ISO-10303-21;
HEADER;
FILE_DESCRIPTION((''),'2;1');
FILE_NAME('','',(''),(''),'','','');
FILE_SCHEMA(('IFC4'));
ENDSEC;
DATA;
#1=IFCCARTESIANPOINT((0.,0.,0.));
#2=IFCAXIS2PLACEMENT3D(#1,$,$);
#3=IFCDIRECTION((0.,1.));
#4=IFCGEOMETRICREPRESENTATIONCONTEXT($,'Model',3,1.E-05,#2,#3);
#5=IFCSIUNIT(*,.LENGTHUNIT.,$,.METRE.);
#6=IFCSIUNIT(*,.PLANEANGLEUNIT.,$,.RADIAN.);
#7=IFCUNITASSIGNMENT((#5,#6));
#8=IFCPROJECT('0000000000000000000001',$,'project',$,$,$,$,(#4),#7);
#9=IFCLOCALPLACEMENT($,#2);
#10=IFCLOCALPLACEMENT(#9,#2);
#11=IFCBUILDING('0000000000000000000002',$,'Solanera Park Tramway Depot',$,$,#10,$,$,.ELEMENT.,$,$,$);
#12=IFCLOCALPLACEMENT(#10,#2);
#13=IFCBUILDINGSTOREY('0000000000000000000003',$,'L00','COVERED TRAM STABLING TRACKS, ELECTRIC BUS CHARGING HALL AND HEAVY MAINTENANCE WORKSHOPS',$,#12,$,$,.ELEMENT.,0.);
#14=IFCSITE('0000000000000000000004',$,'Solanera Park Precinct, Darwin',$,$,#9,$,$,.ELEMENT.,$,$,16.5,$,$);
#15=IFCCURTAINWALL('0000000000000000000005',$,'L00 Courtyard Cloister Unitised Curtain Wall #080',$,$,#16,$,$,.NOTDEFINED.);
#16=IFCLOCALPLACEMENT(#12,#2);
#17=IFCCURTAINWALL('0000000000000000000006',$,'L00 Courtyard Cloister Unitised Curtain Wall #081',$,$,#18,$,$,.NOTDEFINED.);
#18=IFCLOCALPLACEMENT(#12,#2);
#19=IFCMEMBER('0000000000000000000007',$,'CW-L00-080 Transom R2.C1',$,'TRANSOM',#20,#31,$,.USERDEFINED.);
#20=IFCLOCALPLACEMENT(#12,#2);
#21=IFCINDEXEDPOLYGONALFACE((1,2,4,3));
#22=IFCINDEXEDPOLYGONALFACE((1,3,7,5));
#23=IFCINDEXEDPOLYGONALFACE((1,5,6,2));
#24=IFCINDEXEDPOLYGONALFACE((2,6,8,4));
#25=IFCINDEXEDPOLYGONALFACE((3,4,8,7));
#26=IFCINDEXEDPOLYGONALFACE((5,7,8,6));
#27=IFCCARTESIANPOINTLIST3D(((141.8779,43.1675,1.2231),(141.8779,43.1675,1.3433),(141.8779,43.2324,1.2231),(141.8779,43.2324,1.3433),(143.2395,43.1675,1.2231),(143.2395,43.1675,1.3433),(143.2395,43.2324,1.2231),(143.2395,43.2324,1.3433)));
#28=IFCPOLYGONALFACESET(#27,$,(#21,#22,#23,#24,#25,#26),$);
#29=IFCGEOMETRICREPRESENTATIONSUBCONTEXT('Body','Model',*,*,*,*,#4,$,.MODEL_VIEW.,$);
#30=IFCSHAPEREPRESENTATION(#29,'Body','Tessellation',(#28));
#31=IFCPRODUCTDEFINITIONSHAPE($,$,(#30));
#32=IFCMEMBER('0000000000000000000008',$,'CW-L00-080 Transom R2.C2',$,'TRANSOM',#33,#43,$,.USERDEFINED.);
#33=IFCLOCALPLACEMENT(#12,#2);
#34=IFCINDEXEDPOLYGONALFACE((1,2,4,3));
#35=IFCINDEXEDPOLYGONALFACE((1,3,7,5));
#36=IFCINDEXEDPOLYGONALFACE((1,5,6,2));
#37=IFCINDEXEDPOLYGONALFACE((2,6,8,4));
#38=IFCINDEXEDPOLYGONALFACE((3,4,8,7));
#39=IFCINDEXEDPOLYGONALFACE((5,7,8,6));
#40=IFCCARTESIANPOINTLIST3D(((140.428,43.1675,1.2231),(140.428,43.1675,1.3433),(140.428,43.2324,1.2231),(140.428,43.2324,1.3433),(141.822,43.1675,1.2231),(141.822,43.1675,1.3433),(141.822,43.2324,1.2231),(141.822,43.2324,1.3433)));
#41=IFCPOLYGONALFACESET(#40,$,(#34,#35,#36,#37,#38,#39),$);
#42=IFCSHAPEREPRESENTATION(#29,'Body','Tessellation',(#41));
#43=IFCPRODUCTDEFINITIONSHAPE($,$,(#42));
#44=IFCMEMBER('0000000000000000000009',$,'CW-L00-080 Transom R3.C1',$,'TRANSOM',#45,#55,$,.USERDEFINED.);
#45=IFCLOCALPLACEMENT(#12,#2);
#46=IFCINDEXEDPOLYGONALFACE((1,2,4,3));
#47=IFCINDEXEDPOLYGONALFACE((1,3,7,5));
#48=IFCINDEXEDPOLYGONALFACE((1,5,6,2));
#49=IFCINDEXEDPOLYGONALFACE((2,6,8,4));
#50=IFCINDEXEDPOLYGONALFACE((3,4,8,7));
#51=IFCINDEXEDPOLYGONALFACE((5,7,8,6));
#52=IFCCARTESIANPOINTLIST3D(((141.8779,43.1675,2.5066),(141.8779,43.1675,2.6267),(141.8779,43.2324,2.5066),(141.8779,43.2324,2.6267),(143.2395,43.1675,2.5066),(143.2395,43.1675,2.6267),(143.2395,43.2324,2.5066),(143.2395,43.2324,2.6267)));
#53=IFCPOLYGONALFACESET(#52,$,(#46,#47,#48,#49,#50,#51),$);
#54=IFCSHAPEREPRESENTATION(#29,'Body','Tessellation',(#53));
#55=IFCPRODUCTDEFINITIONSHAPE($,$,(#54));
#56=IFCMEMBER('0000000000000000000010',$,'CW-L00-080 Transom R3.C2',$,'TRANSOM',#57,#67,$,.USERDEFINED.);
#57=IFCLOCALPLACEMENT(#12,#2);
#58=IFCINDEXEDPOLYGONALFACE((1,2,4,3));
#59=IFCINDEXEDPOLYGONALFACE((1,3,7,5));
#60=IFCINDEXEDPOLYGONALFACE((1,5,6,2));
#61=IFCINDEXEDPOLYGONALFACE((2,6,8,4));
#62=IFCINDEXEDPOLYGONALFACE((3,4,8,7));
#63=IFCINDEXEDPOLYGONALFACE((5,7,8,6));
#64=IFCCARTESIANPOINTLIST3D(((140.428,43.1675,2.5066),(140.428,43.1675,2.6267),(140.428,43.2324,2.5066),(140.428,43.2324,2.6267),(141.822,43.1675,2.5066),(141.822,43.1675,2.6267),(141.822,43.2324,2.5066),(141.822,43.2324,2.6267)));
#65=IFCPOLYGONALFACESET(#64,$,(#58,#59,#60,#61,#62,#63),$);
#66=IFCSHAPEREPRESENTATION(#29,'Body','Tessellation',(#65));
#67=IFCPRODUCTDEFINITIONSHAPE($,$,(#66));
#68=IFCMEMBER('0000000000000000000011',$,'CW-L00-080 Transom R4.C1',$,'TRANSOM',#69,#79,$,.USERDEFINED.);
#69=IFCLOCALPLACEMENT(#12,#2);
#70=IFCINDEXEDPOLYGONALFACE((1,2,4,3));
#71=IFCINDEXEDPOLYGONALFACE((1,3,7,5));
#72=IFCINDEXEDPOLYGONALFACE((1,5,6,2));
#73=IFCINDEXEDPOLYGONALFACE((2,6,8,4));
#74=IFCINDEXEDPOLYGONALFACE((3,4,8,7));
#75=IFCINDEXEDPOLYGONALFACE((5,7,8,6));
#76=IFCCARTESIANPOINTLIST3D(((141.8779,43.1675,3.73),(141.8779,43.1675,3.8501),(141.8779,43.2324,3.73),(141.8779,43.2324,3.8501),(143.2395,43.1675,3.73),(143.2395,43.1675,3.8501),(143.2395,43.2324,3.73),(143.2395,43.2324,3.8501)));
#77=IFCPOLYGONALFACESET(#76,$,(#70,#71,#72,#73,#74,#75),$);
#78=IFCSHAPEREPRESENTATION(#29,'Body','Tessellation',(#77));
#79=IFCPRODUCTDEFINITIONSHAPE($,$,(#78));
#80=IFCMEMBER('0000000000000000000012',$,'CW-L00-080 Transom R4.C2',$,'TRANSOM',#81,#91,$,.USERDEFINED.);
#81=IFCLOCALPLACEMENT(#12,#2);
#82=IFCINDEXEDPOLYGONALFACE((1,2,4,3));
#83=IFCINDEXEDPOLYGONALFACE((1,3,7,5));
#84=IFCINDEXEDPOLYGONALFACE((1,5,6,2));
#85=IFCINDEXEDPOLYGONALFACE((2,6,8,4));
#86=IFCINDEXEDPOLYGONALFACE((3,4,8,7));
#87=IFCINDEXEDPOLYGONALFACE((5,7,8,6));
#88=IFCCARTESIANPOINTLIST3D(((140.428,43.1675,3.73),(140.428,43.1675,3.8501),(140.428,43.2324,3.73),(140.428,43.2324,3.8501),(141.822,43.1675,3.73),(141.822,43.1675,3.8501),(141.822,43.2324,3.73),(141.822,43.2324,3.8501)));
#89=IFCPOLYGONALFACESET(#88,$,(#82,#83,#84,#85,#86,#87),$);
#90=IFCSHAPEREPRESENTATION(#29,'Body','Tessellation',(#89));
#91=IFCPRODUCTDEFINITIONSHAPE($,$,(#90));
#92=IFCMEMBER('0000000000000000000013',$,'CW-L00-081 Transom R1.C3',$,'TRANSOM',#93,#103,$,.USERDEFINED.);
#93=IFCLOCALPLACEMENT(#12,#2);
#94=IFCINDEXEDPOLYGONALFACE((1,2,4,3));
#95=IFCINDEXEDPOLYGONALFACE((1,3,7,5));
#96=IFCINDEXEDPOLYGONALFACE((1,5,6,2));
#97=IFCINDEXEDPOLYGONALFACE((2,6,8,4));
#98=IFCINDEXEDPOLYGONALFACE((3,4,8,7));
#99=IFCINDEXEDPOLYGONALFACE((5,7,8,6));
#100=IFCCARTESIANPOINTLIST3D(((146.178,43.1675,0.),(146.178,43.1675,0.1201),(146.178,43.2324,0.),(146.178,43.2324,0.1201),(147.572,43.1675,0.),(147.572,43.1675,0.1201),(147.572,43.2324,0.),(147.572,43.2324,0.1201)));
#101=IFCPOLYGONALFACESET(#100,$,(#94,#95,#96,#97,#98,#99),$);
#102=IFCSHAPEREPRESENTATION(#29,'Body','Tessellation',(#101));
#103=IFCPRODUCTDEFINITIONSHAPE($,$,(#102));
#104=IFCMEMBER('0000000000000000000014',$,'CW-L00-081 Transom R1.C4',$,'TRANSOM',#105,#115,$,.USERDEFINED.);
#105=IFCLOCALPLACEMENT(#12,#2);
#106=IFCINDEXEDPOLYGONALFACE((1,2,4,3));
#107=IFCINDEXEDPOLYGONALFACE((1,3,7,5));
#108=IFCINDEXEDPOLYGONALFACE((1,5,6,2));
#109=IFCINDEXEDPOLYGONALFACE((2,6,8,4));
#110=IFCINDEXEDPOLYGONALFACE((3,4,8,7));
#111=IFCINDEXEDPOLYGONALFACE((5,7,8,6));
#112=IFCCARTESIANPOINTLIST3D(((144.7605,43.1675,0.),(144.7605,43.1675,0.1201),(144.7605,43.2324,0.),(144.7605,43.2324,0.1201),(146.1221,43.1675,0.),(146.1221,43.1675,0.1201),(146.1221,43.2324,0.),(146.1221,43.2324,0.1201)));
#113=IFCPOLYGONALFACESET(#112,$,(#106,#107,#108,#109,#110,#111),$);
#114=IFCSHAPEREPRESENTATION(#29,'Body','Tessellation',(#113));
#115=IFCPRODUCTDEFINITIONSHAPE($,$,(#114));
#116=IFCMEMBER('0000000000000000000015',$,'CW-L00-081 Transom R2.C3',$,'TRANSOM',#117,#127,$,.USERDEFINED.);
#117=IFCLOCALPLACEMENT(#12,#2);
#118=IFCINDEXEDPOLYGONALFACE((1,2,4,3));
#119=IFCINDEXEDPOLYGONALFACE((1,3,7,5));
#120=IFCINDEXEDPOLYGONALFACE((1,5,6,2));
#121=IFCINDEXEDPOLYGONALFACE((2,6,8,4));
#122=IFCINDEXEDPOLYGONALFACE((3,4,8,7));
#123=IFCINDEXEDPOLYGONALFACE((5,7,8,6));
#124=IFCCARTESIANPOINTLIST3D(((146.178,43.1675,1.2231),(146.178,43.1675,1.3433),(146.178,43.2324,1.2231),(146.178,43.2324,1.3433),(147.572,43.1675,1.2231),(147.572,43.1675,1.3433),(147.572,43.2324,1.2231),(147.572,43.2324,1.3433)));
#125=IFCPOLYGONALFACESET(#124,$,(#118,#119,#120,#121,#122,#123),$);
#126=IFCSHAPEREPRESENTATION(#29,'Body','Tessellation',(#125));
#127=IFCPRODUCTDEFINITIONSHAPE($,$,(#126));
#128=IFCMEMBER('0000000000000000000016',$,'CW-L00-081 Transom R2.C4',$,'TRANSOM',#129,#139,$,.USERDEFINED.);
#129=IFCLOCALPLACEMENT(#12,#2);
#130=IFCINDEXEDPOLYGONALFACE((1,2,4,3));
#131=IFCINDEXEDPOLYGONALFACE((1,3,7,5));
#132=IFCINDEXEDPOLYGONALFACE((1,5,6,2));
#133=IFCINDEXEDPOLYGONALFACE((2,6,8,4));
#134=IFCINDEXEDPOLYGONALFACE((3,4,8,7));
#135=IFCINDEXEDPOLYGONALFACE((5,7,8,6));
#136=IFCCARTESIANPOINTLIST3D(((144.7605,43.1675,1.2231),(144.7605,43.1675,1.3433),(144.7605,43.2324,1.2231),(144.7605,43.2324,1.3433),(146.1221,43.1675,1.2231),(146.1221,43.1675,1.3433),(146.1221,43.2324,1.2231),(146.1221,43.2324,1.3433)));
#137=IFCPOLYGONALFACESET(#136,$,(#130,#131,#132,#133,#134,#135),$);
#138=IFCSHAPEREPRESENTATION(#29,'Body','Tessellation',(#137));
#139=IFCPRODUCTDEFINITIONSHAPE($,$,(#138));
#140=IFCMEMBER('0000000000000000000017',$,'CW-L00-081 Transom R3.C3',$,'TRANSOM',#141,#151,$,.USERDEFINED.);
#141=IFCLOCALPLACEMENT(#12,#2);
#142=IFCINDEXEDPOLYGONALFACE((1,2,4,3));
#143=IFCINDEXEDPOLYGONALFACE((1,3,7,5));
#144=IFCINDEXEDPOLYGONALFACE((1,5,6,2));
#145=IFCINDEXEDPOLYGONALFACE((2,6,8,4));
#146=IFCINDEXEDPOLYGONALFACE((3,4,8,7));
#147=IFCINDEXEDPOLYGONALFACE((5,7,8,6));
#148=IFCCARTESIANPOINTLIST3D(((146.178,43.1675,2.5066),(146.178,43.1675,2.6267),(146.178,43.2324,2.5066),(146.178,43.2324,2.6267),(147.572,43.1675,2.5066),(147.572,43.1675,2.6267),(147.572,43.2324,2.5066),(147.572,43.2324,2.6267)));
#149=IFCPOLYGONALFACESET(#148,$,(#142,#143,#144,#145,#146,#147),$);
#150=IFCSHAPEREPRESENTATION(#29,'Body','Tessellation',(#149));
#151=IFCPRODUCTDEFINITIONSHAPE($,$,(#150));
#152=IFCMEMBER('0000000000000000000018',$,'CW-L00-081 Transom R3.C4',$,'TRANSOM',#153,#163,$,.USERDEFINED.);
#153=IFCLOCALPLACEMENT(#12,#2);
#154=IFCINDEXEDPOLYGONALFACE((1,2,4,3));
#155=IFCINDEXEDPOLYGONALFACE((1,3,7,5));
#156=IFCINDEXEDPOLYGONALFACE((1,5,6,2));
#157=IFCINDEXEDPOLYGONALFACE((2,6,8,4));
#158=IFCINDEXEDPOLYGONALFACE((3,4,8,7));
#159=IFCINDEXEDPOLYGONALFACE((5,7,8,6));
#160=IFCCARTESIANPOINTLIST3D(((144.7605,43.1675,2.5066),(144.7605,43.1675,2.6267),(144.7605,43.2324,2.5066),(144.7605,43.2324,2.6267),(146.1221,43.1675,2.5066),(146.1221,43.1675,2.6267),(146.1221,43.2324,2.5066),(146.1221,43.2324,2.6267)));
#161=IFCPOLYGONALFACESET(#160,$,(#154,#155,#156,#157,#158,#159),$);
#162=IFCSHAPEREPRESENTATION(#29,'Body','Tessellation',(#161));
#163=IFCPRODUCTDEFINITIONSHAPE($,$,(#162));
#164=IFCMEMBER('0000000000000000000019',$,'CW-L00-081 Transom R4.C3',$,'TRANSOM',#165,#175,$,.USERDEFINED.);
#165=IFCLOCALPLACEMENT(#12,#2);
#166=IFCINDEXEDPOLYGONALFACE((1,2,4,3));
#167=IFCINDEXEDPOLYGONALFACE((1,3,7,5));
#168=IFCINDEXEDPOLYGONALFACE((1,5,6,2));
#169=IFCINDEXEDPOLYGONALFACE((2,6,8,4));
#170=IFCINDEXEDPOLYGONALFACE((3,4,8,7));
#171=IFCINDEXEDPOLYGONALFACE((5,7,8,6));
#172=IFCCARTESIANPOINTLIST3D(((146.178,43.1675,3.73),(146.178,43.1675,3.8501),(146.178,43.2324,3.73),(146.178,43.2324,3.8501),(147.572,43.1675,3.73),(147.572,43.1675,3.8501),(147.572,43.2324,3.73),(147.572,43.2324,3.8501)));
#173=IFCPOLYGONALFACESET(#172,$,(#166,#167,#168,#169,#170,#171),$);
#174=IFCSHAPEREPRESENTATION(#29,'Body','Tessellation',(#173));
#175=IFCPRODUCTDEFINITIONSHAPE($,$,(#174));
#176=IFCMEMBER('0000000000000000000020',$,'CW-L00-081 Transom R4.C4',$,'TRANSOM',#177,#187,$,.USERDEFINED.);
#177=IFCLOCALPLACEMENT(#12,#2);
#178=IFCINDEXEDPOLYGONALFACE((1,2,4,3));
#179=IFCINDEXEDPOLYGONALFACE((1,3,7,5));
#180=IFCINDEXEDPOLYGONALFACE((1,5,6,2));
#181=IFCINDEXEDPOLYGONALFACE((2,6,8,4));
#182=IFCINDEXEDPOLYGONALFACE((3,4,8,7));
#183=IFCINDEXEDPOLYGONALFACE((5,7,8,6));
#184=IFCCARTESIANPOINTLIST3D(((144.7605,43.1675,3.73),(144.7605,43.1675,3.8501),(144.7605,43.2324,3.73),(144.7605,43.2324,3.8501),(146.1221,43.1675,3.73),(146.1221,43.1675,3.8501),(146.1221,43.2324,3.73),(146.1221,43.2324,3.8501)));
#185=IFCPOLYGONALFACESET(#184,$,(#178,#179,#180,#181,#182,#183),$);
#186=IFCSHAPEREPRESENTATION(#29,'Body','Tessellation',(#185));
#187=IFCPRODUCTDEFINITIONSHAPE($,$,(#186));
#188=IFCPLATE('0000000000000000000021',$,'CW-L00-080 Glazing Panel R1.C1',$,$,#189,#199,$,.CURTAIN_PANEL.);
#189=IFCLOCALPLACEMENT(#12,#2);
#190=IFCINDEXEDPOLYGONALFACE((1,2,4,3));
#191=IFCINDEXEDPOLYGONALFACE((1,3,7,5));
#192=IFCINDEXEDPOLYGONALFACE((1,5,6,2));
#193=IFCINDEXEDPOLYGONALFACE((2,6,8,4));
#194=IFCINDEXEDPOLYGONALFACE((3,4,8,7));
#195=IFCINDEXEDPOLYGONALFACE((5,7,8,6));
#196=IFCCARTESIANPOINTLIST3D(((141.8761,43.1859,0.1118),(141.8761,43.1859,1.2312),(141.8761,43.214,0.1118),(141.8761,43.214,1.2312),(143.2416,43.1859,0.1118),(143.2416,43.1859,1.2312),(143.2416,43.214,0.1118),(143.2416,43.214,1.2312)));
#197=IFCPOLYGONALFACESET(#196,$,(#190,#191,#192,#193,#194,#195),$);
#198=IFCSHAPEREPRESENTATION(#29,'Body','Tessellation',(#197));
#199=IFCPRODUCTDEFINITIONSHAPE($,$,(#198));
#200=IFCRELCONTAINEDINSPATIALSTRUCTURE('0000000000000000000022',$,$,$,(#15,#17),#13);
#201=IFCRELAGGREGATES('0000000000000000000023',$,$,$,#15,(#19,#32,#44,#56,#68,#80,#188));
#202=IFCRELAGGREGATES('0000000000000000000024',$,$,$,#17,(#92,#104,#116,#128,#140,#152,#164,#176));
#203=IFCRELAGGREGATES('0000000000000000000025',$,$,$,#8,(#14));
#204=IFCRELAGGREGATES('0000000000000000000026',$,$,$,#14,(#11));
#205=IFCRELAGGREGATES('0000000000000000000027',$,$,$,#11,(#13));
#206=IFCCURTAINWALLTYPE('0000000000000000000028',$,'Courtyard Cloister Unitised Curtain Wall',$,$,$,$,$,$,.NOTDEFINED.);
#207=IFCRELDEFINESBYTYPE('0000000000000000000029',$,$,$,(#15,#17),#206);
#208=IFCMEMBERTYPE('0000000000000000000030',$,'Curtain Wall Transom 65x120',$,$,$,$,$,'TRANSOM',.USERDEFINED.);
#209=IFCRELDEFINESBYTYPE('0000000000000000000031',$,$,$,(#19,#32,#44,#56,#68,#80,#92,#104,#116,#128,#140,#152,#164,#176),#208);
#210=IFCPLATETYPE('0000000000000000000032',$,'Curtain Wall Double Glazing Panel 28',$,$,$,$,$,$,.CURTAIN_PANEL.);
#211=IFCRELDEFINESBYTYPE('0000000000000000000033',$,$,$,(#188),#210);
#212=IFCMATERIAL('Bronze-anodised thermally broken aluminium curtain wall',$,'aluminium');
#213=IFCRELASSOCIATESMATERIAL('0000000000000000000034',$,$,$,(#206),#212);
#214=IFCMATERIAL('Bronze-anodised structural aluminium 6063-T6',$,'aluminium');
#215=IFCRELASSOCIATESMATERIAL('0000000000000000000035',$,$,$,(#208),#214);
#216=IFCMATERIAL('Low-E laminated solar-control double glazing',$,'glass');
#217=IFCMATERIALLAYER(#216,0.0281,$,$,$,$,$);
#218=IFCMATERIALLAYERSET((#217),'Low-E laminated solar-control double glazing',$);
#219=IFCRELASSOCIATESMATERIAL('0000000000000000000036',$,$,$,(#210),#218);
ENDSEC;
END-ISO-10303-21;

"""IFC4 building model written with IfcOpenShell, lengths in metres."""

from ifc_helpers import new_model, si_unit, direction, frame, origin, origin_2d, place, context, subcontext, project, spatial, rectangle, extrude, material, layer, layer_set, material_profile, profile_set, type_object, element, aggregate, save


model = new_model("IFC4")

# Units and contexts
model_context = context("Model", 3, precision=1e-05, world=origin(), true_north=direction((0.0, 1.0)))
body_context = subcontext(model_context, "Body", "Model", "MODEL_VIEW")
ifc_project = project(units=[si_unit("LENGTHUNIT", "METRE"), si_unit("PLANEANGLEUNIT", "RADIAN")], contexts=[model_context])

# Site, building, storey
site_placement = place(None, origin())
site = spatial("IfcSite", under=ifc_project, at=site_placement, Name="Solanera Park Precinct, Darwin", CompositionType="ELEMENT", RefElevation=16.5)
building_placement = place(site_placement, origin())
building = spatial("IfcBuilding", under=site, at=building_placement, Name="Solanera Park Tramway Depot", CompositionType="ELEMENT")
storey_placement = place(building_placement, origin())
storey = spatial("IfcBuildingStorey", under=building, at=storey_placement, Name="L00", Description="COVERED TRAM STABLING TRACKS, ELECTRIC BUS CHARGING HALL AND HEAVY MAINTENANCE WORKSHOPS", CompositionType="ELEMENT", Elevation=0.0)

# Curtain walls
ifc_material_1 = material(Name="Bronze-anodised thermally broken aluminium curtain wall", Category="aluminium")
curtain_wall_type = type_object("IfcCurtainWallType", Name="Courtyard Cloister Unitised Curtain Wall", PredefinedType="NOTDEFINED", material=ifc_material_1)
curtain_wall_1_placement = place(storey_placement, origin())
curtain_wall_1 = element("IfcCurtainWall", 1, at=curtain_wall_1_placement, inside=storey, type_object=curtain_wall_type, Name="L00 Courtyard Cloister Unitised Curtain Wall #080", PredefinedType="NOTDEFINED")
curtain_wall_2_placement = place(storey_placement, origin())
curtain_wall_2 = element("IfcCurtainWall", 2, at=curtain_wall_2_placement, inside=storey, type_object=curtain_wall_type, Name="L00 Courtyard Cloister Unitised Curtain Wall #081", PredefinedType="NOTDEFINED")

# Members
ifc_material_2 = material(Name="Bronze-anodised structural aluminium 6063-T6", Category="aluminium")
ifc_material_profile_1 = material_profile(ifc_material_2, rectangle(XDim=0.0649, YDim=0.1201, at=origin_2d()), Name="Curtain Wall Transom 65x120")
ifc_profile_set_1 = profile_set([ifc_material_profile_1], Name="Bronze-anodised structural aluminium 6063-T6")
member_type_1 = type_object("IfcMemberType", Name="Curtain Wall Transom 65x120", ElementType="TRANSOM", PredefinedType="USERDEFINED", material=ifc_profile_set_1)
member_1_placement = place(storey_placement, frame((143.2395, 43.2, 1.2832), z_axis=(-1.0, 0.0, 0.0), x_axis=(0.0, -1.0, 0.0)))
member_1 = element("IfcMember", 3, at=member_1_placement, type_object=member_type_1, Name="CW-L00-080 Transom R2.C1", ObjectType="TRANSOM", PredefinedType="USERDEFINED", context=body_context, shape_type="SweptSolid", body=[
    extrude(rectangle(XDim=0.0649, YDim=0.1201, at=origin_2d()), origin(), (0.0, 0.0, 1.0), 1.3616),
])
member_2_placement = place(storey_placement, frame((141.822, 43.2, 1.2832), z_axis=(-1.0, 0.0, 0.0), x_axis=(0.0, -1.0, 0.0)))
member_2 = element("IfcMember", 4, at=member_2_placement, type_object=member_type_1, Name="CW-L00-080 Transom R2.C2", ObjectType="TRANSOM", PredefinedType="USERDEFINED", context=body_context, shape_type="SweptSolid", body=[
    extrude(rectangle(XDim=0.0649, YDim=0.1201, at=origin_2d()), origin(), (0.0, 0.0, 1.0), 1.394),
])
member_3_placement = place(storey_placement, frame((143.2395, 43.2, 2.5667), z_axis=(-1.0, 0.0, 0.0), x_axis=(0.0, -1.0, 0.0)))
member_3 = element("IfcMember", 5, at=member_3_placement, type_object=member_type_1, Name="CW-L00-080 Transom R3.C1", ObjectType="TRANSOM", PredefinedType="USERDEFINED", context=body_context, shape_type="SweptSolid", body=[
    extrude(rectangle(XDim=0.0649, YDim=0.1201, at=origin_2d()), origin(), (0.0, 0.0, 1.0), 1.3616),
])
member_4_placement = place(storey_placement, frame((141.822, 43.2, 2.5667), z_axis=(-1.0, 0.0, 0.0), x_axis=(0.0, -1.0, 0.0)))
member_4 = element("IfcMember", 6, at=member_4_placement, type_object=member_type_1, Name="CW-L00-080 Transom R3.C2", ObjectType="TRANSOM", PredefinedType="USERDEFINED", context=body_context, shape_type="SweptSolid", body=[
    extrude(rectangle(XDim=0.0649, YDim=0.1201, at=origin_2d()), origin(), (0.0, 0.0, 1.0), 1.394),
])
member_5_placement = place(storey_placement, frame((143.2395, 43.2, 3.79), z_axis=(-1.0, 0.0, 0.0), x_axis=(0.0, -1.0, 0.0)))
member_5 = element("IfcMember", 7, at=member_5_placement, type_object=member_type_1, Name="CW-L00-080 Transom R4.C1", ObjectType="TRANSOM", PredefinedType="USERDEFINED", context=body_context, shape_type="SweptSolid", body=[
    extrude(rectangle(XDim=0.0649, YDim=0.1201, at=origin_2d()), origin(), (0.0, 0.0, 1.0), 1.3616),
])
member_6_placement = place(storey_placement, frame((141.822, 43.2, 3.79), z_axis=(-1.0, 0.0, 0.0), x_axis=(0.0, -1.0, 0.0)))
member_6 = element("IfcMember", 8, at=member_6_placement, type_object=member_type_1, Name="CW-L00-080 Transom R4.C2", ObjectType="TRANSOM", PredefinedType="USERDEFINED", context=body_context, shape_type="SweptSolid", body=[
    extrude(rectangle(XDim=0.0649, YDim=0.1201, at=origin_2d()), origin(), (0.0, 0.0, 1.0), 1.394),
])
member_7_placement = place(storey_placement, frame((147.572, 43.2, 0.0601), z_axis=(-1.0, 0.0, 0.0), x_axis=(0.0, -1.0, 0.0)))
member_7 = element("IfcMember", 9, at=member_7_placement, type_object=member_type_1, Name="CW-L00-081 Transom R1.C3", ObjectType="TRANSOM", PredefinedType="USERDEFINED", context=body_context, shape_type="SweptSolid", body=[
    extrude(rectangle(XDim=0.0649, YDim=0.1201, at=origin_2d()), origin(), (0.0, 0.0, 1.0), 1.394),
])
member_8_placement = place(storey_placement, frame((146.1221, 43.2, 0.0601), z_axis=(-1.0, 0.0, 0.0), x_axis=(0.0, -1.0, 0.0)))
member_8 = element("IfcMember", 10, at=member_8_placement, type_object=member_type_1, Name="CW-L00-081 Transom R1.C4", ObjectType="TRANSOM", PredefinedType="USERDEFINED", context=body_context, shape_type="SweptSolid", body=[
    extrude(rectangle(XDim=0.0649, YDim=0.1201, at=origin_2d()), origin(), (0.0, 0.0, 1.0), 1.3616),
])
member_9_placement = place(storey_placement, frame((147.572, 43.2, 1.2832), z_axis=(-1.0, 0.0, 0.0), x_axis=(0.0, -1.0, 0.0)))
member_9 = element("IfcMember", 11, at=member_9_placement, type_object=member_type_1, Name="CW-L00-081 Transom R2.C3", ObjectType="TRANSOM", PredefinedType="USERDEFINED", context=body_context, shape_type="SweptSolid", body=[
    extrude(rectangle(XDim=0.0649, YDim=0.1201, at=origin_2d()), origin(), (0.0, 0.0, 1.0), 1.394),
])
member_10_placement = place(storey_placement, frame((146.1221, 43.2, 1.2832), z_axis=(-1.0, 0.0, 0.0), x_axis=(0.0, -1.0, 0.0)))
member_10 = element("IfcMember", 12, at=member_10_placement, type_object=member_type_1, Name="CW-L00-081 Transom R2.C4", ObjectType="TRANSOM", PredefinedType="USERDEFINED", context=body_context, shape_type="SweptSolid", body=[
    extrude(rectangle(XDim=0.0649, YDim=0.1201, at=origin_2d()), origin(), (0.0, 0.0, 1.0), 1.3616),
])
member_11_placement = place(storey_placement, frame((147.572, 43.2, 2.5667), z_axis=(-1.0, 0.0, 0.0), x_axis=(0.0, -1.0, 0.0)))
member_11 = element("IfcMember", 13, at=member_11_placement, type_object=member_type_1, Name="CW-L00-081 Transom R3.C3", ObjectType="TRANSOM", PredefinedType="USERDEFINED", context=body_context, shape_type="SweptSolid", body=[
    extrude(rectangle(XDim=0.0649, YDim=0.1201, at=origin_2d()), origin(), (0.0, 0.0, 1.0), 1.394),
])
member_12_placement = place(storey_placement, frame((146.1221, 43.2, 2.5667), z_axis=(-1.0, 0.0, 0.0), x_axis=(0.0, -1.0, 0.0)))
member_12 = element("IfcMember", 14, at=member_12_placement, type_object=member_type_1, Name="CW-L00-081 Transom R3.C4", ObjectType="TRANSOM", PredefinedType="USERDEFINED", context=body_context, shape_type="SweptSolid", body=[
    extrude(rectangle(XDim=0.0649, YDim=0.1201, at=origin_2d()), origin(), (0.0, 0.0, 1.0), 1.3616),
])
member_13_placement = place(storey_placement, frame((147.572, 43.2, 3.79), z_axis=(-1.0, 0.0, 0.0), x_axis=(0.0, -1.0, 0.0)))
member_13 = element("IfcMember", 15, at=member_13_placement, type_object=member_type_1, Name="CW-L00-081 Transom R4.C3", ObjectType="TRANSOM", PredefinedType="USERDEFINED", context=body_context, shape_type="SweptSolid", body=[
    extrude(rectangle(XDim=0.0649, YDim=0.1201, at=origin_2d()), origin(), (0.0, 0.0, 1.0), 1.394),
])
member_14_placement = place(storey_placement, frame((146.1221, 43.2, 3.79), z_axis=(-1.0, 0.0, 0.0), x_axis=(0.0, -1.0, 0.0)))
member_14 = element("IfcMember", 16, at=member_14_placement, type_object=member_type_1, Name="CW-L00-081 Transom R4.C4", ObjectType="TRANSOM", PredefinedType="USERDEFINED", context=body_context, shape_type="SweptSolid", body=[
    extrude(rectangle(XDim=0.0649, YDim=0.1201, at=origin_2d()), origin(), (0.0, 0.0, 1.0), 1.3616),
])

# Plate
ifc_material_3 = material(Name="Low-E laminated solar-control double glazing", Category="glass")
ifc_layer = layer(ifc_material_3, 0.0281)
ifc_layer_set = layer_set([ifc_layer], Name="Low-E laminated solar-control double glazing")
plate_type = type_object("IfcPlateType", Name="Curtain Wall Double Glazing Panel 28", PredefinedType="CURTAIN_PANEL", material=ifc_layer_set)
plate_1_placement = place(storey_placement, frame((142.5588, 43.2, 0.1118), z_axis=(0.0, 0.0, 1.0), x_axis=(-1.0, 0.0, 0.0)))
plate_1 = element("IfcPlate", 17, at=plate_1_placement, type_object=plate_type, Name="CW-L00-080 Glazing Panel R1.C1", PredefinedType="CURTAIN_PANEL", context=body_context, shape_type="SweptSolid", body=[
    extrude(rectangle(XDim=1.3655, YDim=0.0281, at=origin_2d()), origin(), (0.0, 0.0, 1.0), 1.1194),
])
aggregate(curtain_wall_1, [member_1, member_2, member_3, member_4, member_5, member_6, plate_1])
aggregate(curtain_wall_2, [member_7, member_8, member_9, member_10, member_11, member_12, member_13, member_14])

save(model, "model.ifc")
